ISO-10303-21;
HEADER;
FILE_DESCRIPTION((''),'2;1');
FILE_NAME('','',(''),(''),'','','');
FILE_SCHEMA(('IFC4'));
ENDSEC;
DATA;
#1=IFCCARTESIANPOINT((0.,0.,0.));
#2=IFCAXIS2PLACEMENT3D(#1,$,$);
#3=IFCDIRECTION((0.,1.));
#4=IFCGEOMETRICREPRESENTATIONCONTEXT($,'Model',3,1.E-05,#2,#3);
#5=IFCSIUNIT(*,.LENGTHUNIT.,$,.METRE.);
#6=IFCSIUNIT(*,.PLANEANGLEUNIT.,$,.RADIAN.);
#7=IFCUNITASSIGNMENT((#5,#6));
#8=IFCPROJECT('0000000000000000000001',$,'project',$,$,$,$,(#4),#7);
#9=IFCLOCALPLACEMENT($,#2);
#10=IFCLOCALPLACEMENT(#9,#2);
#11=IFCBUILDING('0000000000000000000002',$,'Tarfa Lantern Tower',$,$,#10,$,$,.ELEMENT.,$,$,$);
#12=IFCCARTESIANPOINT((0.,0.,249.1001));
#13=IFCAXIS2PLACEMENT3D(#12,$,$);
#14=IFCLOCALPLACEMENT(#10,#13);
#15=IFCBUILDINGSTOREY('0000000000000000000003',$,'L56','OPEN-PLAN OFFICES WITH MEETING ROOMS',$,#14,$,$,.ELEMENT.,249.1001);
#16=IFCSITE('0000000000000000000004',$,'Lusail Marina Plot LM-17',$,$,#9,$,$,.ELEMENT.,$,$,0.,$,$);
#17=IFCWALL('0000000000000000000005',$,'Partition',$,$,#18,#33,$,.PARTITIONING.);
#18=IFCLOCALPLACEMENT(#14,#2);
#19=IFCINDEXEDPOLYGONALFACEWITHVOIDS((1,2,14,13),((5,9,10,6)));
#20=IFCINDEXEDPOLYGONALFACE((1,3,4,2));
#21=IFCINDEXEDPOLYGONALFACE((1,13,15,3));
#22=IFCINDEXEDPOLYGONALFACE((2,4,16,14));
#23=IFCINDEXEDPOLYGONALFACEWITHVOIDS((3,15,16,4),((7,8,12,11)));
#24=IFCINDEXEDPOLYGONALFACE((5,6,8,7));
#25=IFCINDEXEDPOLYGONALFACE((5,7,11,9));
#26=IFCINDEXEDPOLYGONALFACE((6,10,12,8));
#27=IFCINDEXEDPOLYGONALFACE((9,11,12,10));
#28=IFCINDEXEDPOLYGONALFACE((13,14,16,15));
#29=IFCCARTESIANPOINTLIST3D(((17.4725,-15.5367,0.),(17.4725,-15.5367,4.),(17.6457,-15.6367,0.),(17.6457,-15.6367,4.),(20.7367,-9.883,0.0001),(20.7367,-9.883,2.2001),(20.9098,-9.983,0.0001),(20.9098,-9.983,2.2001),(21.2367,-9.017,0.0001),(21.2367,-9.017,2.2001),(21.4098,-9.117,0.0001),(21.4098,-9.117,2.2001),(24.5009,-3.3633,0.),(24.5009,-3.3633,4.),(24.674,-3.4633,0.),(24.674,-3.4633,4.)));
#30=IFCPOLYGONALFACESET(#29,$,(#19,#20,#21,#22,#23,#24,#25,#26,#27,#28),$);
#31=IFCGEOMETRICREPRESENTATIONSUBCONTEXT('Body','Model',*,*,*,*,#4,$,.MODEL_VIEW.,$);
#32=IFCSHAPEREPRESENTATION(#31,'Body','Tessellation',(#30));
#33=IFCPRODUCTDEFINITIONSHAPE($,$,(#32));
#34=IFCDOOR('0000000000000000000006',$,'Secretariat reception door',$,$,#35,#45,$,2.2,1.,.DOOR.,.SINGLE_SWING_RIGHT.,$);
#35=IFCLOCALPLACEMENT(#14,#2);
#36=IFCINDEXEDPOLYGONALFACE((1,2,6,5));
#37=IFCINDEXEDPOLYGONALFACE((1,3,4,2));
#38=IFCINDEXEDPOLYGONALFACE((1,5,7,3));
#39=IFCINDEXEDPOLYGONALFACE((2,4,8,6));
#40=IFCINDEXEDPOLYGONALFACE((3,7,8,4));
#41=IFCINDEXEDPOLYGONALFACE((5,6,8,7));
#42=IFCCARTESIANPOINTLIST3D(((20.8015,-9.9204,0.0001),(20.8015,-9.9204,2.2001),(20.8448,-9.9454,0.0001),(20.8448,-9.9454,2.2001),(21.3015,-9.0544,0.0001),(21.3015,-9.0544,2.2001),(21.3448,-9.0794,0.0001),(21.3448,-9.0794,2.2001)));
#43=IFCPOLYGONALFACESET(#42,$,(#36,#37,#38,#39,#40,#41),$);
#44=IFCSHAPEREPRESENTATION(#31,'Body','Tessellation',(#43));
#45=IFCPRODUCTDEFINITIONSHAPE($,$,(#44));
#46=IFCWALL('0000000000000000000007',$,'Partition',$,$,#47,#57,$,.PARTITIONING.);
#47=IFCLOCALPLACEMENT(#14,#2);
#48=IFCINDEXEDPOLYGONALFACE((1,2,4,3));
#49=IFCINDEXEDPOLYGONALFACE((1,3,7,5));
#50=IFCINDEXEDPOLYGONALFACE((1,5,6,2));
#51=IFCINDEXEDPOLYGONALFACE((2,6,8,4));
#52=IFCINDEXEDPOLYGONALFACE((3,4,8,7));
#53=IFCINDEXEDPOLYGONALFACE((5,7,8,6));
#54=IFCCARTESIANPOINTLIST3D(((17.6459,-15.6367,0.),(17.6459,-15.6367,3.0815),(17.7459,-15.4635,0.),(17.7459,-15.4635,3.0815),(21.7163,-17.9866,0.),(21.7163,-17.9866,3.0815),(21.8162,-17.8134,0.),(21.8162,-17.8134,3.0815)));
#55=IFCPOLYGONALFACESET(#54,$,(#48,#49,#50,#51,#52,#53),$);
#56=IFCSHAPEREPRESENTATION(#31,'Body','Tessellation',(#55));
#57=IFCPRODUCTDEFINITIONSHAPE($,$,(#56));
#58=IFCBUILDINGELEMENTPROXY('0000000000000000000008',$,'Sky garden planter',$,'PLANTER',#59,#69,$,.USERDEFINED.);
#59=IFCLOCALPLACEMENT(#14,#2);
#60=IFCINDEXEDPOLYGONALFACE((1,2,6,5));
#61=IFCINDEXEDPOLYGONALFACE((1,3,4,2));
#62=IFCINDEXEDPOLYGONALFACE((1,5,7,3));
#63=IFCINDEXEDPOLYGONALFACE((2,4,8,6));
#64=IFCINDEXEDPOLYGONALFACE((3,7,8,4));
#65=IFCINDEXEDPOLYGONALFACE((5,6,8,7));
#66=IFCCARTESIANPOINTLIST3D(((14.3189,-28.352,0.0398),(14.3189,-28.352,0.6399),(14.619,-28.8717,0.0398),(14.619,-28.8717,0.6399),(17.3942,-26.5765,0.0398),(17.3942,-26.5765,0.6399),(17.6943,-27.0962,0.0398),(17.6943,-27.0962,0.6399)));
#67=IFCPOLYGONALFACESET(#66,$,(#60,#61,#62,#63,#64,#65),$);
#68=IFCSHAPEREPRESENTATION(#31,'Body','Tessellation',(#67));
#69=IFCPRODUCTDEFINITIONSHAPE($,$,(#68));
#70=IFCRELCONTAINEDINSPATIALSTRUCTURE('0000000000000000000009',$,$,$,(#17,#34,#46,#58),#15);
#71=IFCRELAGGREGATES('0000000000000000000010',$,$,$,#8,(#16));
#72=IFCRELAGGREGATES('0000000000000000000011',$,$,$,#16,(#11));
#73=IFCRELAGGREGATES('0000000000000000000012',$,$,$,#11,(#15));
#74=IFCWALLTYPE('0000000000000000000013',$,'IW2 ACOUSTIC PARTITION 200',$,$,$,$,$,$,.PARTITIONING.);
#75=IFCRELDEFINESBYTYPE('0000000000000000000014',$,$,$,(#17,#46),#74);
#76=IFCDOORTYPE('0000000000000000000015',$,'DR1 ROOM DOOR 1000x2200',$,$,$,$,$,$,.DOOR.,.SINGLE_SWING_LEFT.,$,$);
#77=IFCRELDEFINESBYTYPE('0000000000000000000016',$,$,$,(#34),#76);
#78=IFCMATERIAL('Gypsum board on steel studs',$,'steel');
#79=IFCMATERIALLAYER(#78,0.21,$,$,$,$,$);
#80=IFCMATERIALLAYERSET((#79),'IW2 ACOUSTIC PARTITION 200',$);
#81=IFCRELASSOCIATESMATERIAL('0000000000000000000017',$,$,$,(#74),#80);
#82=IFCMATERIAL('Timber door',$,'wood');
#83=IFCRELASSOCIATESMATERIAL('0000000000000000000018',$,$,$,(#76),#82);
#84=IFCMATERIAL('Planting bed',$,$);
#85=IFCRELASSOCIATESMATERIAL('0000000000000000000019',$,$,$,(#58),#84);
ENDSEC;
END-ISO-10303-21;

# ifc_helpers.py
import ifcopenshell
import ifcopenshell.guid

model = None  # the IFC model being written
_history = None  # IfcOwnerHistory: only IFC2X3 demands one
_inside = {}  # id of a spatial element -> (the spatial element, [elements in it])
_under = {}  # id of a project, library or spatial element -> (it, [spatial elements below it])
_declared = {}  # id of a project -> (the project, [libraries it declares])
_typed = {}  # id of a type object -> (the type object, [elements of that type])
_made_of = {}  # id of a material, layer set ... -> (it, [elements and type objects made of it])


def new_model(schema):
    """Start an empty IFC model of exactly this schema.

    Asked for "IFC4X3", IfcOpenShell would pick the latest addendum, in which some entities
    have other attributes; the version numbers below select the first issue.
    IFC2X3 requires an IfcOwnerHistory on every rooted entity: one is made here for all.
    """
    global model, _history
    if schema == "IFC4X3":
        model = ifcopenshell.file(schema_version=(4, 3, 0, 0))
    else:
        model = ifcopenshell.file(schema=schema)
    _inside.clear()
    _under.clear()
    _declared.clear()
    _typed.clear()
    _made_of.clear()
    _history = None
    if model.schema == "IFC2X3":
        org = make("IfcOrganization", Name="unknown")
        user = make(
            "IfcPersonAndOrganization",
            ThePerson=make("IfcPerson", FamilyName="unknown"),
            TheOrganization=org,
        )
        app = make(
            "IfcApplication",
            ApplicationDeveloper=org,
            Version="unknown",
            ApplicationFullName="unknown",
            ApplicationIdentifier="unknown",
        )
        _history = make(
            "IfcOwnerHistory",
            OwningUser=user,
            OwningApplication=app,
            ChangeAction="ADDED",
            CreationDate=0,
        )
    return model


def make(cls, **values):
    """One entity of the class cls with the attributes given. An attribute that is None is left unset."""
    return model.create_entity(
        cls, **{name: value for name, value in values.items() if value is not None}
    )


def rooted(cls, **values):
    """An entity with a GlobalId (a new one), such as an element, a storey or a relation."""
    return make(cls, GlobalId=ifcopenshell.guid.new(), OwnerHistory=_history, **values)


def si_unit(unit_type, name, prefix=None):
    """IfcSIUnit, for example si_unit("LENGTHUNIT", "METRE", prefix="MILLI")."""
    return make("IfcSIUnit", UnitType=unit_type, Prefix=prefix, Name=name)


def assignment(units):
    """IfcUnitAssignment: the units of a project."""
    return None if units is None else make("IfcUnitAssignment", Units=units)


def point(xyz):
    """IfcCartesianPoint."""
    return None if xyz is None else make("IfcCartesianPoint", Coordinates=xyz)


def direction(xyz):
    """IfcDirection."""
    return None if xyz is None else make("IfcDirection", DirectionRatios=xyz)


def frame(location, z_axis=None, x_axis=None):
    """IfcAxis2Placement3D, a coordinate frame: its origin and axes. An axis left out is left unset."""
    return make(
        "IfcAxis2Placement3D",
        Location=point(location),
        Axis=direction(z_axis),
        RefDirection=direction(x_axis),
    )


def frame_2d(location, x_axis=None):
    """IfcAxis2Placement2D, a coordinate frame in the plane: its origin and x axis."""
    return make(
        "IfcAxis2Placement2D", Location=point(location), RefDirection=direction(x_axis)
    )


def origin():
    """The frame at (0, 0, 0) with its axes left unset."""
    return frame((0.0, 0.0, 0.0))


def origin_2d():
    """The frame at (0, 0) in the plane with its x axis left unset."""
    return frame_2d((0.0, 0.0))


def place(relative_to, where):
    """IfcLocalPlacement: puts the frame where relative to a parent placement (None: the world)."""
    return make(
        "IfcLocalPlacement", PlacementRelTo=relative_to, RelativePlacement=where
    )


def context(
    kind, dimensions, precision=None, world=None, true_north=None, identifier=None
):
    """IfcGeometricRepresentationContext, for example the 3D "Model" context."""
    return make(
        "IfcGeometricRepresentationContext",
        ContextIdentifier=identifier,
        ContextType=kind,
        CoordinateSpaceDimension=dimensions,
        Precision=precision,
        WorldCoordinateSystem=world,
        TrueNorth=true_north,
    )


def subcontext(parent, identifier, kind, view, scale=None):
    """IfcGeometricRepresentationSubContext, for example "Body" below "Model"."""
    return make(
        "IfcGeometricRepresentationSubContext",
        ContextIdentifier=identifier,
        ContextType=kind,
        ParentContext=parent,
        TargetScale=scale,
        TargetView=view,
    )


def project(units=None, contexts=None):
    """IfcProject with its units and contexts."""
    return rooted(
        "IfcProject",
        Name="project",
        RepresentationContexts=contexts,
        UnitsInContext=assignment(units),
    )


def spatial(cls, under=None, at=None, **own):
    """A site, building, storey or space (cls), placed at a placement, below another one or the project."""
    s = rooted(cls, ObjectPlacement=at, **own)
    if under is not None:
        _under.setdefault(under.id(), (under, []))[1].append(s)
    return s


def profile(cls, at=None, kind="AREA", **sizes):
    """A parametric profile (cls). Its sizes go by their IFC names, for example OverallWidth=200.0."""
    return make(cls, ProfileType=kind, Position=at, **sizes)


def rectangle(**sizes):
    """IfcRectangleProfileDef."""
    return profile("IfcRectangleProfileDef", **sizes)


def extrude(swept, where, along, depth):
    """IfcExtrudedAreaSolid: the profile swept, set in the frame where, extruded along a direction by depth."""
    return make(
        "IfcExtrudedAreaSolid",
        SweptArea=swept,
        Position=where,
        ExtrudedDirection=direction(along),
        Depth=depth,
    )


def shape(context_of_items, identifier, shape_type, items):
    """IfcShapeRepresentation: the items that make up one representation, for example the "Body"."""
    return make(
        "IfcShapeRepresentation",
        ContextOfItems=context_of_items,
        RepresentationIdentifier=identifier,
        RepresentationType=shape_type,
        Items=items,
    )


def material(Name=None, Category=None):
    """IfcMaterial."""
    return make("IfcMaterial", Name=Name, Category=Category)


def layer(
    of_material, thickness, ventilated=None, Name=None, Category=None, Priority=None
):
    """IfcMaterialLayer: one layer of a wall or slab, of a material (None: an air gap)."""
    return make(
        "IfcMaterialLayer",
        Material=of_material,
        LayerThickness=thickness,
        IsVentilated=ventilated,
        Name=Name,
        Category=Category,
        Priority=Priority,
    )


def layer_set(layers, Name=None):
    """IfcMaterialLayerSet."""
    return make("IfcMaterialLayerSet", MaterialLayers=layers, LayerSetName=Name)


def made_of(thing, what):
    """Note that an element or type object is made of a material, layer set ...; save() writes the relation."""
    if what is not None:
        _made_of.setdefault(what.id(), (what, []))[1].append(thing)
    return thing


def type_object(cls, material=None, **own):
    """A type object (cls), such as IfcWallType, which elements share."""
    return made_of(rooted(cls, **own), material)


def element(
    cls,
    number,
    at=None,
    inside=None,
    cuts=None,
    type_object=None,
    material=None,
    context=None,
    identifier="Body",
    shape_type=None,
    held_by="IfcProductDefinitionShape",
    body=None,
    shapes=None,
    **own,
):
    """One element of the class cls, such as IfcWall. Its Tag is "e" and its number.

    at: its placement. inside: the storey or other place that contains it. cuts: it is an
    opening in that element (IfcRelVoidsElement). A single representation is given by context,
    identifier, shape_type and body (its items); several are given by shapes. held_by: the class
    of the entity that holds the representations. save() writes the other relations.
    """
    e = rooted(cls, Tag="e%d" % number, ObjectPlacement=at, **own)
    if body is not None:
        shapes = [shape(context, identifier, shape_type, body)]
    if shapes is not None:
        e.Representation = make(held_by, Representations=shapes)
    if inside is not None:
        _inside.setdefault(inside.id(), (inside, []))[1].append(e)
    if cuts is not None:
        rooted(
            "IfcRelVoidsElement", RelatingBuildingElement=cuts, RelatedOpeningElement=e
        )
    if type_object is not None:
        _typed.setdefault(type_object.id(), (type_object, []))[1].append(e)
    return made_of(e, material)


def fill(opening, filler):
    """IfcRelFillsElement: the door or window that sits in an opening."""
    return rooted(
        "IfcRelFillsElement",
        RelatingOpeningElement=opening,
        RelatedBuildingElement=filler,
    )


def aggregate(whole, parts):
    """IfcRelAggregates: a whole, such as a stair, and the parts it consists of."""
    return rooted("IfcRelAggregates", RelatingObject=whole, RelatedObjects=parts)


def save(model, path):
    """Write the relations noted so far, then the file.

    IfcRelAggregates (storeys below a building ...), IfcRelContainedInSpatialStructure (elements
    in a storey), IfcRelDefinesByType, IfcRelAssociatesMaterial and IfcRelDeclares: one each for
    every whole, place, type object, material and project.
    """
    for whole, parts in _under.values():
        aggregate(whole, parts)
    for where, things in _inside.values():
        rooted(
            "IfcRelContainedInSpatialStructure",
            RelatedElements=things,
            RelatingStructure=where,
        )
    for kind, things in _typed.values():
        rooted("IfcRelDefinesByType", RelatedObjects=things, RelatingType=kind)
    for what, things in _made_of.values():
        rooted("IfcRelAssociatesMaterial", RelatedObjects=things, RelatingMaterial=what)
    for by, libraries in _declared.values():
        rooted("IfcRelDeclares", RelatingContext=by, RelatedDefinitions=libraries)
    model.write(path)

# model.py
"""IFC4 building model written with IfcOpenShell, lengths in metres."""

from ifc_helpers import new_model, si_unit, direction, frame, frame_2d, origin, origin_2d, place, context, subcontext, project, spatial, rectangle, extrude, material, layer, layer_set, type_object, element, fill, save


model = new_model("IFC4")

# Units and contexts
model_context = context("Model", 3, precision=1e-05, world=origin(), true_north=direction((0.0, 1.0)))
body_context = subcontext(model_context, "Body", "Model", "MODEL_VIEW")
ifc_project = project(units=[si_unit("LENGTHUNIT", "METRE"), si_unit("PLANEANGLEUNIT", "RADIAN")], contexts=[model_context])

# Site, building, storey
site_placement = place(None, origin())
site = spatial("IfcSite", under=ifc_project, at=site_placement, Name="Lusail Marina Plot LM-17", CompositionType="ELEMENT", RefElevation=0.0)
building_placement = place(site_placement, origin())
building = spatial("IfcBuilding", under=site, at=building_placement, Name="Tarfa Lantern Tower", CompositionType="ELEMENT")
storey_placement = place(building_placement, frame((0.0, 0.0, 249.1001)))
storey = spatial("IfcBuildingStorey", under=building, at=storey_placement, Name="L56", Description="OPEN-PLAN OFFICES WITH MEETING ROOMS", CompositionType="ELEMENT", Elevation=249.1001)

# Wall, opening, door
ifc_material_1 = material(Name="Gypsum board on steel studs", Category="steel")
ifc_layer_1 = layer(ifc_material_1, 0.21)
ifc_layer_set_1 = layer_set([ifc_layer_1], Name="IW2 ACOUSTIC PARTITION 200")
wall_type_1 = type_object("IfcWallType", Name="IW2 ACOUSTIC PARTITION 200", PredefinedType="PARTITIONING", material=ifc_layer_set_1)
wall_1_placement = place(storey_placement, frame((17.5591, -15.5867, 0.0), z_axis=(0.0, 0.0, 1.0), x_axis=(0.500002, 0.866024, 0.0)))
wall_1 = element("IfcWall", 1, at=wall_1_placement, inside=storey, type_object=wall_type_1, Name="Partition", PredefinedType="PARTITIONING", context=body_context, shape_type="SweptSolid", body=[
    extrude(rectangle(XDim=14.0566, YDim=0.2, at=frame_2d((7.0283, 0.0))), origin(), (0.0, 0.0, 1.0), 4.0),
])
opening_1_placement = place(wall_1_placement, frame((6.5283, 0.0, 0.0)))
opening_1 = element("IfcOpeningElement", 2, at=opening_1_placement, cuts=wall_1, PredefinedType="OPENING", context=body_context, shape_type="SweptSolid", body=[
    extrude(rectangle(XDim=1.0, YDim=2.2, at=frame_2d((0.5, 1.1001))), frame((0.0, 0.1099, 0.0), z_axis=(0.0, -1.0, 0.0), x_axis=(1.0, 0.0, 0.0)), (0.0, 0.0, 1.0), 0.22),
])
ifc_material_2 = material(Name="Timber door", Category="wood")
door_type_1 = type_object("IfcDoorType", Name="DR1 ROOM DOOR 1000x2200", OperationType="SINGLE_SWING_LEFT", PredefinedType="DOOR", material=ifc_material_2)
door_1_placement = place(opening_1_placement, frame((1.0, 0.0, 0.0), z_axis=(0.0, 0.0, 1.0), x_axis=(-1.0, 0.0, 0.0)))
door_1 = element("IfcDoor", 3, at=door_1_placement, inside=storey, type_object=door_type_1, Name="Secretariat reception door", OperationType="SINGLE_SWING_RIGHT", OverallHeight=2.2, OverallWidth=1.0, PredefinedType="DOOR", context=body_context, shape_type="SweptSolid", body=[
    extrude(rectangle(XDim=1.0, YDim=2.2, at=frame_2d((0.5, 1.1001))), frame((0.0, 0.0249, 0.0), z_axis=(0.0, -1.0, 0.0), x_axis=(1.0, 0.0, 0.0)), (0.0, 0.0, 1.0), 0.05),
])
fill(opening_1, door_1)

# Wall
wall_2_placement = place(storey_placement, frame((17.6958, -15.55, 0.0), z_axis=(0.0, 0.0, 1.0), x_axis=(0.866039, -0.499977, 0.0)))
element("IfcWall", 4, at=wall_2_placement, inside=storey, type_object=wall_type_1, Name="Partition", PredefinedType="PARTITIONING", context=body_context, shape_type="SweptSolid", body=[
    extrude(rectangle(XDim=4.7, YDim=0.2, at=frame_2d((2.3501, 0.0))), origin(), (0.0, 0.0, 1.0), 3.0815),
])

# Building element proxy
ifc_material_3 = material(Name="Planting bed")
proxy_placement = place(storey_placement, frame((16.0066, -27.7241, 0.0398), z_axis=(0.0, 0.0, 1.0), x_axis=(0.866025, 0.5, 0.0)))
element("IfcBuildingElementProxy", 5, at=proxy_placement, inside=storey, material=ifc_material_3, Name="Sky garden planter", ObjectType="PLANTER", PredefinedType="USERDEFINED", context=body_context, shape_type="SweptSolid", body=[
    extrude(rectangle(XDim=3.551, YDim=0.6001, at=origin_2d()), origin(), (0.0, 0.0, 1.0), 0.6001),
])

save(model, "model.ifc")
